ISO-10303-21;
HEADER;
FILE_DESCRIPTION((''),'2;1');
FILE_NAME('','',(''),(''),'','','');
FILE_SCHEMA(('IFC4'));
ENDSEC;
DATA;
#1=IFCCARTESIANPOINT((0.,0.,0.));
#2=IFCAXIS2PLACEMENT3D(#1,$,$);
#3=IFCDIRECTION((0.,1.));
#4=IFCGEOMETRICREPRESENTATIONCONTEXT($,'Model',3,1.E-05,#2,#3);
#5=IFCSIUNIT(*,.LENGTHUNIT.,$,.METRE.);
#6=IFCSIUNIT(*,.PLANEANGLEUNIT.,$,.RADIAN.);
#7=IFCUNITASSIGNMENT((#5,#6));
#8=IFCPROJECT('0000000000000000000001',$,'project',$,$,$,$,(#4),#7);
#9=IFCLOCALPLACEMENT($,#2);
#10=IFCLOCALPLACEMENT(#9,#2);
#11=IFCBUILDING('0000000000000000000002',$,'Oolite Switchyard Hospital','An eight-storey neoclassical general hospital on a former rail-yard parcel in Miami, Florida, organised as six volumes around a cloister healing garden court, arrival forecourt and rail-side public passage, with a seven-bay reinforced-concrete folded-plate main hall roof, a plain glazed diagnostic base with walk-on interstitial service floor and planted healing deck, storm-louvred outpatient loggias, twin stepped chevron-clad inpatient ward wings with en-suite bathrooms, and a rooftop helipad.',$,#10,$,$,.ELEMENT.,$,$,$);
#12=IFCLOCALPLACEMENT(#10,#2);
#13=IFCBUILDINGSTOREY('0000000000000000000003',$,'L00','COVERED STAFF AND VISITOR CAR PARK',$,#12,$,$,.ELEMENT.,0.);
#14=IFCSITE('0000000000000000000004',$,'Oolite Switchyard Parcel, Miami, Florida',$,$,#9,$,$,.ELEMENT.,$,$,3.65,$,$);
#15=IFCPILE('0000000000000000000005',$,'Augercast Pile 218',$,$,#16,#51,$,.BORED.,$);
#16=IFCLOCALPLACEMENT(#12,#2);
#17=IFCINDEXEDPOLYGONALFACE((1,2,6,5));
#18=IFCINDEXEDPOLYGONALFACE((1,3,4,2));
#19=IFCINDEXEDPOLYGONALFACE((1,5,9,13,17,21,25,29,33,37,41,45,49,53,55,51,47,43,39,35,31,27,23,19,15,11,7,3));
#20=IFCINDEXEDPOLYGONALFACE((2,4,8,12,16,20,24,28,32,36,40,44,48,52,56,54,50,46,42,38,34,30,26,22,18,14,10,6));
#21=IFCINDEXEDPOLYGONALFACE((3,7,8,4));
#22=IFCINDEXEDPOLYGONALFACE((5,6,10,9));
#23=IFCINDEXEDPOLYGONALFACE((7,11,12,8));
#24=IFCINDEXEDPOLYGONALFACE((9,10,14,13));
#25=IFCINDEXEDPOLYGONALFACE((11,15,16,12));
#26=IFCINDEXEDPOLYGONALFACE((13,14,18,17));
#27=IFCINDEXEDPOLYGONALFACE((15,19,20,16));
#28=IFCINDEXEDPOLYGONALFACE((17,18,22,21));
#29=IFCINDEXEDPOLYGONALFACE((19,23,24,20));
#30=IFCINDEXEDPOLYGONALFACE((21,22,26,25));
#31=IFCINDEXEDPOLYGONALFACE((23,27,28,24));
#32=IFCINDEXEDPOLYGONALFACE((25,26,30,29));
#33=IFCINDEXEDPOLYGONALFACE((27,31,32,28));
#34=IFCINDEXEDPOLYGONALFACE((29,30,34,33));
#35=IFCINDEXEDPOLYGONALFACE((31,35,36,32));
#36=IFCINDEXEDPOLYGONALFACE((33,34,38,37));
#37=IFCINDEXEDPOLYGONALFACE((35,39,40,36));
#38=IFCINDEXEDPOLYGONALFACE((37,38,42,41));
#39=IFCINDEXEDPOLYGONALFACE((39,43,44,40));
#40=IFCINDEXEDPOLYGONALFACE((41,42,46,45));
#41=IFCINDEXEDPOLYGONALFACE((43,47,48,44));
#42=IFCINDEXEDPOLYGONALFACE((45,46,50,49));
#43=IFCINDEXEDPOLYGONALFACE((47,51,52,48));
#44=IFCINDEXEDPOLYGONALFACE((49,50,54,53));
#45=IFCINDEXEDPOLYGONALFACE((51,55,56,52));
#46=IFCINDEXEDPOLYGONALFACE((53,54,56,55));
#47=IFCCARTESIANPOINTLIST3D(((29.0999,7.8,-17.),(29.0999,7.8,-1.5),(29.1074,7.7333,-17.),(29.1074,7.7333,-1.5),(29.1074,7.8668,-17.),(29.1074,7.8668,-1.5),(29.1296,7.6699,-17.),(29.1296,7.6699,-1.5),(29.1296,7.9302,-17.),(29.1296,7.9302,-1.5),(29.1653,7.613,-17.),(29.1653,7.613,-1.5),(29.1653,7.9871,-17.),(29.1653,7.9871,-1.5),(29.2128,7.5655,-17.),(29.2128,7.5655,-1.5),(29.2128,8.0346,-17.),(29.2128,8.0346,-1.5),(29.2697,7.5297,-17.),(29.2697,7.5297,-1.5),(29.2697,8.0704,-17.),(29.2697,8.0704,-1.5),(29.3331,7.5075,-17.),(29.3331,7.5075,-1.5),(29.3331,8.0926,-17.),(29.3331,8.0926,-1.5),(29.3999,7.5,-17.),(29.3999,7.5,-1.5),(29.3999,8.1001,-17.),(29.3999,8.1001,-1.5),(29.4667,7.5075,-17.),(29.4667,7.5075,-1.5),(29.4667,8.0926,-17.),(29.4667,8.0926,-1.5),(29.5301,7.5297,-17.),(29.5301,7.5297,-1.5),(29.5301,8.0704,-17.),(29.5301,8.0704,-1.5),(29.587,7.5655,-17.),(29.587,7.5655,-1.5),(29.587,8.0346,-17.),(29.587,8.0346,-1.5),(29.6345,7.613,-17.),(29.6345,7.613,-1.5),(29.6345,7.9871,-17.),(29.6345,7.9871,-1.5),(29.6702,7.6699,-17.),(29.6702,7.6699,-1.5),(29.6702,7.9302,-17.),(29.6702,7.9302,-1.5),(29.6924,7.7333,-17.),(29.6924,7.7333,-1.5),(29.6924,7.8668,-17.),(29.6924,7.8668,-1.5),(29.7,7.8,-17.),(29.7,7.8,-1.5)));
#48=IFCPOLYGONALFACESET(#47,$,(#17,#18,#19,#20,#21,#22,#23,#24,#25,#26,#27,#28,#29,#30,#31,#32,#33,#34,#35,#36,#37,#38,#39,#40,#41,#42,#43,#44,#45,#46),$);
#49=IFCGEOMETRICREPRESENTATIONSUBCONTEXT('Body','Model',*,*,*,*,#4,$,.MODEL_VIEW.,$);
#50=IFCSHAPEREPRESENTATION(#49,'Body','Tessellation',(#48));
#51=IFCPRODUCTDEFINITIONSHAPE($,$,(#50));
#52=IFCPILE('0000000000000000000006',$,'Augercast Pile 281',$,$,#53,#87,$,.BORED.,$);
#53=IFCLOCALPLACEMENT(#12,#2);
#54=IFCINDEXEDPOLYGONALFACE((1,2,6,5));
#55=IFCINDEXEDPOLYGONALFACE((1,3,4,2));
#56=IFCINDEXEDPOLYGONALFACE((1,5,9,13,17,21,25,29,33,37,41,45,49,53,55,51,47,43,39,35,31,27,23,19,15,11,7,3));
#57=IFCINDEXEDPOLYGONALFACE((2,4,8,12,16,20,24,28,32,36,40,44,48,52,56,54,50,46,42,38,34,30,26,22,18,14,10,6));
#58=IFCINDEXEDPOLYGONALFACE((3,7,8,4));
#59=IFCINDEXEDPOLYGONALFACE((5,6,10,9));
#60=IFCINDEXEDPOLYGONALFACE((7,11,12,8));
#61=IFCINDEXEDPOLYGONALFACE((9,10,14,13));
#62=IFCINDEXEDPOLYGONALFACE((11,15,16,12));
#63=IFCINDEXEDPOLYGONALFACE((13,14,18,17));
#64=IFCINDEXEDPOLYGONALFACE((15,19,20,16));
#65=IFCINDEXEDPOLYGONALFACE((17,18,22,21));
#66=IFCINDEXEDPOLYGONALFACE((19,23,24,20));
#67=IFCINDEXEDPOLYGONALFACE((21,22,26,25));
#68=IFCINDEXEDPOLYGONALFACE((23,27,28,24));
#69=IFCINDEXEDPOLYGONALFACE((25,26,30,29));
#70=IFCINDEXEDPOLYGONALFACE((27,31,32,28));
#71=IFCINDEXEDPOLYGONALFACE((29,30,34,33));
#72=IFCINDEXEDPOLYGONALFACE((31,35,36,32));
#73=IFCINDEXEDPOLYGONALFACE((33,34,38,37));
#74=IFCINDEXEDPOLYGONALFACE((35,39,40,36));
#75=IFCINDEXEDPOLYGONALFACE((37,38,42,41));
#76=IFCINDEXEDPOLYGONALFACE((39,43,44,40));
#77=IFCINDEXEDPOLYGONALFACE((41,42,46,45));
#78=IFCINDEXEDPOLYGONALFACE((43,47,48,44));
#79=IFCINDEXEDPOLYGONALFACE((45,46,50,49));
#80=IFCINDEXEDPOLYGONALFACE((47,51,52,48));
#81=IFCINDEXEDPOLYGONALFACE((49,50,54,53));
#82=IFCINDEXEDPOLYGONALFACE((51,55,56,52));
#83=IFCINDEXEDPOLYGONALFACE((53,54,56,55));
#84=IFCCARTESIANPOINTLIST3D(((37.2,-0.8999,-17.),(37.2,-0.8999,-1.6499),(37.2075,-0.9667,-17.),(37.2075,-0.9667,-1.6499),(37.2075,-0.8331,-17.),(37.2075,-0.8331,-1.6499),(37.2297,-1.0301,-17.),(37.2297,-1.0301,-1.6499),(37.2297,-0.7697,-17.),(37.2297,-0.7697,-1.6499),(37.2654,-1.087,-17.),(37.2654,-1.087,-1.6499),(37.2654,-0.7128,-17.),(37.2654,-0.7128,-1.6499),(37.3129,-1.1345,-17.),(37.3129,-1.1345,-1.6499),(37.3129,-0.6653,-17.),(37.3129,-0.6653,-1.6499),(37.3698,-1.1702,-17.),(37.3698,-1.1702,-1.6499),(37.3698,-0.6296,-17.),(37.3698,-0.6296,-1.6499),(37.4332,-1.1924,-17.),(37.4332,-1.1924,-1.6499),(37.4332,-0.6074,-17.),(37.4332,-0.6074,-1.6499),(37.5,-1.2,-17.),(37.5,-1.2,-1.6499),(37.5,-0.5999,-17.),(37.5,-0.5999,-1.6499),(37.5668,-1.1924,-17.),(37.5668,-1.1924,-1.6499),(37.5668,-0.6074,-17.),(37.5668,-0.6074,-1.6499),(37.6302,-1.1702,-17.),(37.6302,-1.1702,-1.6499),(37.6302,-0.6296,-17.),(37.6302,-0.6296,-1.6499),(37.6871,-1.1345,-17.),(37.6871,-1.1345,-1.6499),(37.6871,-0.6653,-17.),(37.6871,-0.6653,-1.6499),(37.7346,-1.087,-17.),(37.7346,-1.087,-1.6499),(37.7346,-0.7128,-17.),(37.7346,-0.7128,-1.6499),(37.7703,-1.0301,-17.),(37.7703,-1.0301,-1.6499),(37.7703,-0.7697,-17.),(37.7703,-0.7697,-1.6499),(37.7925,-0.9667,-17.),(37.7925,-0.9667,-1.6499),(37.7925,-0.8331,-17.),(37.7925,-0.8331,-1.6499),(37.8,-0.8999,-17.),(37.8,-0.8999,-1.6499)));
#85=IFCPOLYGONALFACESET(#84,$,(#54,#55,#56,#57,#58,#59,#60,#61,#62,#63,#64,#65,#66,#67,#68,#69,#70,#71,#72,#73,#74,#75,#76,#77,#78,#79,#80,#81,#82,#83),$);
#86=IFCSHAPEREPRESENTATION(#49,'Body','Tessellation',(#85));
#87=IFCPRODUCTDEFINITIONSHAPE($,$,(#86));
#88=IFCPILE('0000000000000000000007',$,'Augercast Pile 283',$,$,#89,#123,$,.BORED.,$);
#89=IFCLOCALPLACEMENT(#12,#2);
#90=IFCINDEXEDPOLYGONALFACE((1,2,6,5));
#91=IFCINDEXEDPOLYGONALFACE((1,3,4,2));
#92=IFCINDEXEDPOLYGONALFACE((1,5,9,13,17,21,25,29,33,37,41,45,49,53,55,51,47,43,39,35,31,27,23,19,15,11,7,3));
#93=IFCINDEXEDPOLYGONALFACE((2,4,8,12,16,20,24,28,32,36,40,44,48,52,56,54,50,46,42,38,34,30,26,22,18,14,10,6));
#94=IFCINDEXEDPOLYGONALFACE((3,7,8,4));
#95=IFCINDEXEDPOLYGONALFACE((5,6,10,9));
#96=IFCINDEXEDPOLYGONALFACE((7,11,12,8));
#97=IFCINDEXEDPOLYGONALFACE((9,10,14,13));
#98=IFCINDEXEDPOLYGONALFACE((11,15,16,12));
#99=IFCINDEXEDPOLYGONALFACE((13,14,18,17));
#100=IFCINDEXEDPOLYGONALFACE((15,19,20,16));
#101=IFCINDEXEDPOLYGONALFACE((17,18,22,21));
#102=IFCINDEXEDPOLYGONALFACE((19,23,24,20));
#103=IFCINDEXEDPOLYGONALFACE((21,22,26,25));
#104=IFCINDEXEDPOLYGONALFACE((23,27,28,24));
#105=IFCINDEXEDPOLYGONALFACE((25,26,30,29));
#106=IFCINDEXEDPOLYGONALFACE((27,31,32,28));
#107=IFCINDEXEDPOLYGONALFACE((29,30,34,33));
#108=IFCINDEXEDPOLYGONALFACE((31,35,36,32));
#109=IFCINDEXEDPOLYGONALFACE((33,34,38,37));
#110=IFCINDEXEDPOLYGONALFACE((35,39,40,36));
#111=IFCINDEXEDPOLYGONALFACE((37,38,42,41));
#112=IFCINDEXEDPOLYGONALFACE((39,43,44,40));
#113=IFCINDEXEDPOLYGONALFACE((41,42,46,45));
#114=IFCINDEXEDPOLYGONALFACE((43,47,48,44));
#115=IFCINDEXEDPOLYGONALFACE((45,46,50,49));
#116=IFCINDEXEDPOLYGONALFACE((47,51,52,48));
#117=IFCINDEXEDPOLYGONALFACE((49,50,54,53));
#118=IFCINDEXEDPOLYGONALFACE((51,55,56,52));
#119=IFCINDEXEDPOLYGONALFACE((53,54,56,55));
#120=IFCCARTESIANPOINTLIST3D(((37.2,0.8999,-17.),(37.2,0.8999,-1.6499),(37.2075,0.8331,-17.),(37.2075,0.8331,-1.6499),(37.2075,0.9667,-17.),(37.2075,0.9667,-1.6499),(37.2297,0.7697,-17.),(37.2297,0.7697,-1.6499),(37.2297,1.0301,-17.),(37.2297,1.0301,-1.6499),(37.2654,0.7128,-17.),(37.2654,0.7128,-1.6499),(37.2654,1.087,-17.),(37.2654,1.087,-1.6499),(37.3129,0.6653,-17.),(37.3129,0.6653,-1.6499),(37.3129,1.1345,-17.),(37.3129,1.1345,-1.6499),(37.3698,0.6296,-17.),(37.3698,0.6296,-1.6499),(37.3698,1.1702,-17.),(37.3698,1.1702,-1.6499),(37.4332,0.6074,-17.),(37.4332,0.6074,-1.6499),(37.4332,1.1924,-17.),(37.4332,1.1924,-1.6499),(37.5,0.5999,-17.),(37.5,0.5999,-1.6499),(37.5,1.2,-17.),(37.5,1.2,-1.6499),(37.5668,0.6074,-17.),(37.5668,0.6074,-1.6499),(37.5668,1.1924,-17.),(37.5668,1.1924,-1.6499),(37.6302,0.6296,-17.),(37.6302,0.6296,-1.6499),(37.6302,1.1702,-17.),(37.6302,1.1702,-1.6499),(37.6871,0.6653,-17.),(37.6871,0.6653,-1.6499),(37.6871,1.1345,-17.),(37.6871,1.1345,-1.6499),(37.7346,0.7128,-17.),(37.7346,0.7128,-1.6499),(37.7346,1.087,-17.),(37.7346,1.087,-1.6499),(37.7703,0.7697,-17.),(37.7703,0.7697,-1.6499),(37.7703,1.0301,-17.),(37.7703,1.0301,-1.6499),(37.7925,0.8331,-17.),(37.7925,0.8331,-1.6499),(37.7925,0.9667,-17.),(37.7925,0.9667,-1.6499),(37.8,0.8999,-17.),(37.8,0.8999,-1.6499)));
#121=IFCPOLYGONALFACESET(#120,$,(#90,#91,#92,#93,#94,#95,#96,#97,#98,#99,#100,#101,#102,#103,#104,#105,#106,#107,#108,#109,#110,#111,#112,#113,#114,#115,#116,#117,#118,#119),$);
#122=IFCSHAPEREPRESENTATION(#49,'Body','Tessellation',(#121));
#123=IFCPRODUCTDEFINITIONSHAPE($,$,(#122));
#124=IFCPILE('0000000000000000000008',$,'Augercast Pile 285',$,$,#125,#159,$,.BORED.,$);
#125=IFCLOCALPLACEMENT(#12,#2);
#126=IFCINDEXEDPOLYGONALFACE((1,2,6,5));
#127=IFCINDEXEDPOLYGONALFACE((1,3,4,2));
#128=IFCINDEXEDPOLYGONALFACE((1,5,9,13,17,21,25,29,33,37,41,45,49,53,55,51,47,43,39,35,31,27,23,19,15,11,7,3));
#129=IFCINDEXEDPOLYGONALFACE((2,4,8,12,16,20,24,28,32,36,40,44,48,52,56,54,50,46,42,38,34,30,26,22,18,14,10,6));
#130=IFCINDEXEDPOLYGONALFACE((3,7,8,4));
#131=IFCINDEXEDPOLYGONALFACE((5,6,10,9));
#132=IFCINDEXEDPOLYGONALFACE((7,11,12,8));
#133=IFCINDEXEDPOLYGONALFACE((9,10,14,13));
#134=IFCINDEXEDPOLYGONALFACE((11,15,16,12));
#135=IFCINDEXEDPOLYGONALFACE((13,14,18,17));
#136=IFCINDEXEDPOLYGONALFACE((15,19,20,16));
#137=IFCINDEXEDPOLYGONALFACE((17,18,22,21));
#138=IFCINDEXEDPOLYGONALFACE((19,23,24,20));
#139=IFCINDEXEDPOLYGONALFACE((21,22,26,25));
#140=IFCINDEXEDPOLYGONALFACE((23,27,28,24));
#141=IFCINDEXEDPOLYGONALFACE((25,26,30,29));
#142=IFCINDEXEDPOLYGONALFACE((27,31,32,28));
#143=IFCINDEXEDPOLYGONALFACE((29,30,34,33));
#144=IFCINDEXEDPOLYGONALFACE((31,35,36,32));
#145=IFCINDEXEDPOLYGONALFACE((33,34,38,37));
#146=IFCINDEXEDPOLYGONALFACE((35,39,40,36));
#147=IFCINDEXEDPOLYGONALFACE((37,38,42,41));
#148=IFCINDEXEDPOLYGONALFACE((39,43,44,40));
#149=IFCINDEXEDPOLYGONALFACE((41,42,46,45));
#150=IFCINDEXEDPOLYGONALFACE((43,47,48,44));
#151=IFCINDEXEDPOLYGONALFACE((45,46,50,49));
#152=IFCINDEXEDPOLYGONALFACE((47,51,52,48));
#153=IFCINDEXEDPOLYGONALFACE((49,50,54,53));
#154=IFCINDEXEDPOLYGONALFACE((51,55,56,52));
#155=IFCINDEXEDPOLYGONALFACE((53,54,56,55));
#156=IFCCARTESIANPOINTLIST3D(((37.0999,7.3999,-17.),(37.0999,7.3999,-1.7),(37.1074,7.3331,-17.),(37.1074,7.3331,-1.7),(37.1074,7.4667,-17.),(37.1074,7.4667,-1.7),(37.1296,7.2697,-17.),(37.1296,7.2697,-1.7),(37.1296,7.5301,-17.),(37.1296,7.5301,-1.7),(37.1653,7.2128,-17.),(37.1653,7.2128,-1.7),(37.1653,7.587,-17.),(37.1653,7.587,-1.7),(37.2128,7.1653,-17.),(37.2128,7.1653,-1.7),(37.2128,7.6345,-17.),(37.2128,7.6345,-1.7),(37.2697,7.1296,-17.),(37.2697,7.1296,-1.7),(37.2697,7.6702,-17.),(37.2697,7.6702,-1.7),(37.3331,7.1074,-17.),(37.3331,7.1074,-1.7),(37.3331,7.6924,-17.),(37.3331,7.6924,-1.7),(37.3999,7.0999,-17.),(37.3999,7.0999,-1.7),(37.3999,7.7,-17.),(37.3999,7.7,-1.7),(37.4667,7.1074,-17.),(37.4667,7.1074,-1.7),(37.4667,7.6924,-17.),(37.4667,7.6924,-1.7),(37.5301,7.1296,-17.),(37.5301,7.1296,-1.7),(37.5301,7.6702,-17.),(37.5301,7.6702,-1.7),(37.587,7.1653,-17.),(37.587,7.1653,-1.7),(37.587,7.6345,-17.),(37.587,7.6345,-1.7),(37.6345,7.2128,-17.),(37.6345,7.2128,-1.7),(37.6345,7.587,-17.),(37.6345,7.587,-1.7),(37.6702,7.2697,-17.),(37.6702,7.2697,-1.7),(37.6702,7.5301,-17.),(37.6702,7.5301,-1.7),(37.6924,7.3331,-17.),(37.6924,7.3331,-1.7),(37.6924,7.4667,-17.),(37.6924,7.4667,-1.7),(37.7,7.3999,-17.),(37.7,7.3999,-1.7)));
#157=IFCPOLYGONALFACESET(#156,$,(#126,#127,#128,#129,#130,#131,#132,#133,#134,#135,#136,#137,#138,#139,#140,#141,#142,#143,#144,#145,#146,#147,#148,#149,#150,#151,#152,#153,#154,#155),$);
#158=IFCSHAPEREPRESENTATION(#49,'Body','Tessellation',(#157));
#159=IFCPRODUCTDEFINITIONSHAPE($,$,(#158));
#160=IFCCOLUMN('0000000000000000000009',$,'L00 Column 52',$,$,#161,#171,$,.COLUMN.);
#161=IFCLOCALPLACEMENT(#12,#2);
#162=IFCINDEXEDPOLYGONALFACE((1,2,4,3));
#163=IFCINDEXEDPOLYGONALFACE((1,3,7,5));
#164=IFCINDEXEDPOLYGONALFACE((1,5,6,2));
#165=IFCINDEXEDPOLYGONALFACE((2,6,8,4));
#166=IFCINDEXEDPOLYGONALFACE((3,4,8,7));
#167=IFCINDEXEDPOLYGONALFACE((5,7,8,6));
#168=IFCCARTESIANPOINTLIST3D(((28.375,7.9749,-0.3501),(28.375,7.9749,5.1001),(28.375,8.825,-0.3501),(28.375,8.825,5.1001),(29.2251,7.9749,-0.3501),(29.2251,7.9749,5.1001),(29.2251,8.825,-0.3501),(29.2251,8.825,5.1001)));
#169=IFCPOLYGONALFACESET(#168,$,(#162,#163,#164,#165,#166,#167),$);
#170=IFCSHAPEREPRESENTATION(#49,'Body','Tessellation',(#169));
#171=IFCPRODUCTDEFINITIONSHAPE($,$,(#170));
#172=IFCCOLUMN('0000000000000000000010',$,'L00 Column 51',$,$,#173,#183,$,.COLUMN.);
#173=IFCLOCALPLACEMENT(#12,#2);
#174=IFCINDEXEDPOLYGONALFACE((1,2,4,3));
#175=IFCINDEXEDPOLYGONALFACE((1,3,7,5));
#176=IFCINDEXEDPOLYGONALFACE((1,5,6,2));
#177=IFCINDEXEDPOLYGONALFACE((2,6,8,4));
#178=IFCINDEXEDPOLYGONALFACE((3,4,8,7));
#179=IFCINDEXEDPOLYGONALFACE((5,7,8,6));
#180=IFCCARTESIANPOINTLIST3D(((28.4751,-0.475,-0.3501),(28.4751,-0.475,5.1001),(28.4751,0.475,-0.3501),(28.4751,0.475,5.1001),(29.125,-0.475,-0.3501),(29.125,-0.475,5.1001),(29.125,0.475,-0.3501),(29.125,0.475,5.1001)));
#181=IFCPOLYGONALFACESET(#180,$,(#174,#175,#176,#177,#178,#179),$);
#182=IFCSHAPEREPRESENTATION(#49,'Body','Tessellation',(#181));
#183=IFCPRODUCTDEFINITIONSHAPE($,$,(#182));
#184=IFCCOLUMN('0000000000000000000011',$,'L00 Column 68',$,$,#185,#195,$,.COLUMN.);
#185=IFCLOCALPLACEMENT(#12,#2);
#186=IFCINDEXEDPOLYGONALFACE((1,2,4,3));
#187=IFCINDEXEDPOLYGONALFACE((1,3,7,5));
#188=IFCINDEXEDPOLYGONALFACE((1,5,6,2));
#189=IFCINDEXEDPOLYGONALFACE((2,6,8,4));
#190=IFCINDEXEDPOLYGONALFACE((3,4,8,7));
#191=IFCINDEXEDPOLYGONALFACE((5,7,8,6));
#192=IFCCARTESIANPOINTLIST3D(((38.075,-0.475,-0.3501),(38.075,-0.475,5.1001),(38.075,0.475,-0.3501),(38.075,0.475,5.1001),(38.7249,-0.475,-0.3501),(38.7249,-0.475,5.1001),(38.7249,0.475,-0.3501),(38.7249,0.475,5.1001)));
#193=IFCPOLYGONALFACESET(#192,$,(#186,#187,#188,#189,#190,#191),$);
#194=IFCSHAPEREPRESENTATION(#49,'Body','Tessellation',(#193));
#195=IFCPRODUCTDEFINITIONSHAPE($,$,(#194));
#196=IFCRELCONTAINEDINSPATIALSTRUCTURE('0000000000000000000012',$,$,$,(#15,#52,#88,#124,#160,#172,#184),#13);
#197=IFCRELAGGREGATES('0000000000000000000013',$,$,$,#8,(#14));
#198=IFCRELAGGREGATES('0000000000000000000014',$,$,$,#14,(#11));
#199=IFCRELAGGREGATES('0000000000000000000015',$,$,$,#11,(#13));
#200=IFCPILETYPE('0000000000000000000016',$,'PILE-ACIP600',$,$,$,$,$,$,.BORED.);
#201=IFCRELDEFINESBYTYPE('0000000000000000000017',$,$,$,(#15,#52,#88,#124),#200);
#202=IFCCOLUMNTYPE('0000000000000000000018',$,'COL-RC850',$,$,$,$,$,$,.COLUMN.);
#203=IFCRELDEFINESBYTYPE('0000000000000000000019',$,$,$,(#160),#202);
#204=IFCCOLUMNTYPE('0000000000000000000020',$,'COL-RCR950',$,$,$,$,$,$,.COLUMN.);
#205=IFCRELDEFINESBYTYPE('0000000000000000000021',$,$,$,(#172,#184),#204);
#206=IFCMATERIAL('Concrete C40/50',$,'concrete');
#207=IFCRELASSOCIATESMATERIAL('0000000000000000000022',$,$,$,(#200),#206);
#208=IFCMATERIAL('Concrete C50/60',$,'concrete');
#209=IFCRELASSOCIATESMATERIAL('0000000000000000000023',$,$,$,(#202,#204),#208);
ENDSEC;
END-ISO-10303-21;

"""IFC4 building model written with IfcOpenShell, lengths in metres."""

from ifc_helpers import new_model, si_unit, direction, frame, origin, origin_2d, place, context, subcontext, project, spatial, rectangle, circle, extrude, material, material_profile, profile_set, type_object, element, save


model = new_model("IFC4")

# Units and contexts
model_context = context("Model", 3, precision=1e-05, world=origin(), true_north=direction((0.0, 1.0)))
body_context = subcontext(model_context, "Body", "Model", "MODEL_VIEW")
ifc_project = project(units=[si_unit("LENGTHUNIT", "METRE"), si_unit("PLANEANGLEUNIT", "RADIAN")], contexts=[model_context])

# Site, building, storey
site_placement = place(None, origin())
site = spatial("IfcSite", under=ifc_project, at=site_placement, Name="Oolite Switchyard Parcel, Miami, Florida", CompositionType="ELEMENT", RefElevation=3.65)
building_placement = place(site_placement, origin())
building = spatial("IfcBuilding", under=site, at=building_placement, Name="Oolite Switchyard Hospital", Description="An eight-storey neoclassical general hospital on a former rail-yard parcel in Miami, Florida, organised as six volumes around a cloister healing garden court, arrival forecourt and rail-side public passage, with a seven-bay reinforced-concrete folded-plate main hall roof, a plain glazed diagnostic base with walk-on interstitial service floor and planted healing deck, storm-louvred outpatient loggias, twin stepped chevron-clad inpatient ward wings with en-suite bathrooms, and a rooftop helipad.", CompositionType="ELEMENT")
storey_placement = place(building_placement, origin())
storey = spatial("IfcBuildingStorey", under=building, at=storey_placement, Name="L00", Description="COVERED STAFF AND VISITOR CAR PARK", CompositionType="ELEMENT", Elevation=0.0)

# Shared definitions
ifc_material_1 = material(Name="Concrete C40/50", Category="concrete")

# Piles
ifc_material_profile_1 = material_profile(ifc_material_1, circle(Radius=0.3, at=origin_2d()), Name="PILE600")
ifc_profile_set_1 = profile_set([ifc_material_profile_1], Name="Concrete C40/50")
pile_type = type_object("IfcPileType", Name="PILE-ACIP600", PredefinedType="BORED", material=ifc_profile_set_1)
for number, where, z_axis, x_axis, name in (
    (1, (29.3999, 7.8, -1.5), (0.0, 0.0, -1.0), (1.0, 0.0, 0.0), "Augercast Pile 218"),
):
    element("IfcPile", number, at=place(storey_placement, frame(where, z_axis=z_axis, x_axis=x_axis)), inside=storey, type_object=pile_type, Name=name, PredefinedType="BORED", context=body_context, shape_type="SweptSolid", body=[
        extrude(circle(Radius=0.3, at=origin_2d()), origin(), (0.0, 0.0, 1.0), 15.5),
    ])
for number, where, z_axis, x_axis, name in (
    (2, (37.5, -0.8999, -1.6499), (0.0, 0.0, -1.0), (1.0, 0.0, 0.0), "Augercast Pile 281"),
    (3, (37.5, 0.8999, -1.6499), (0.0, 0.0, -1.0), (1.0, 0.0, 0.0), "Augercast Pile 283"),
):
    element("IfcPile", number, at=place(storey_placement, frame(where, z_axis=z_axis, x_axis=x_axis)), inside=storey, type_object=pile_type, Name=name, PredefinedType="BORED", context=body_context, shape_type="SweptSolid", body=[
        extrude(circle(Radius=0.3, at=origin_2d()), origin(), (0.0, 0.0, 1.0), 15.3501),
    ])
pile_1_placement = place(storey_placement, frame((37.3999, 7.3999, -1.7), z_axis=(0.0, 0.0, -1.0), x_axis=(1.0, 0.0, 0.0)))
element("IfcPile", 4, at=pile_1_placement, inside=storey, type_object=pile_type, Name="Augercast Pile 285", PredefinedType="BORED", context=body_context, shape_type="SweptSolid", body=[
    extrude(circle(Radius=0.3, at=origin_2d()), origin(), (0.0, 0.0, 1.0), 15.3),
])

# Columns
ifc_material_2 = material(Name="Concrete C50/60", Category="concrete")
ifc_material_profile_2 = material_profile(ifc_material_2, rectangle(XDim=0.8501, YDim=0.8501, at=origin_2d()), Name="RC850X850")
ifc_profile_set_2 = profile_set([ifc_material_profile_2], Name="Concrete C50/60")
column_type_1 = type_object("IfcColumnType", Name="COL-RC850", PredefinedType="COLUMN", material=ifc_profile_set_2)
column_placement = place(storey_placement, frame((28.8, 8.3999, -0.3501), z_axis=(0.0, 0.0, 1.0), x_axis=(1.0, 0.0, 0.0)))
element("IfcColumn", 5, at=column_placement, inside=storey, type_object=column_type_1, Name="L00 Column 52", PredefinedType="COLUMN", context=body_context, shape_type="SweptSolid", body=[
    extrude(rectangle(XDim=0.8501, YDim=0.8501, at=origin_2d()), origin(), (0.0, 0.0, 1.0), 5.4502),
])
ifc_material_profile_3 = material_profile(ifc_material_2, rectangle(XDim=0.95, YDim=0.6499, at=origin_2d()), Name="RC950X650")
ifc_profile_set_3 = profile_set([ifc_material_profile_3], Name="Concrete C50/60")
column_type_2 = type_object("IfcColumnType", Name="COL-RCR950", PredefinedType="COLUMN", material=ifc_profile_set_3)
for number, where, z_axis, x_axis, name in (
    (6, (28.8, 0.0, -0.3501), (0.0, 0.0, 1.0), (0.0, 1.0, 0.0), "L00 Column 51"),
    (7, (38.3999, 0.0, -0.3501), (0.0, 0.0, 1.0), (0.0, 1.0, 0.0), "L00 Column 68"),
):
    element("IfcColumn", number, at=place(storey_placement, frame(where, z_axis=z_axis, x_axis=x_axis)), inside=storey, type_object=column_type_2, Name=name, PredefinedType="COLUMN", context=body_context, shape_type="SweptSolid", body=[
        extrude(rectangle(XDim=0.95, YDim=0.6499, at=origin_2d()), origin(), (0.0, 0.0, 1.0), 5.4502),
    ])

save(model, "model.ifc")
